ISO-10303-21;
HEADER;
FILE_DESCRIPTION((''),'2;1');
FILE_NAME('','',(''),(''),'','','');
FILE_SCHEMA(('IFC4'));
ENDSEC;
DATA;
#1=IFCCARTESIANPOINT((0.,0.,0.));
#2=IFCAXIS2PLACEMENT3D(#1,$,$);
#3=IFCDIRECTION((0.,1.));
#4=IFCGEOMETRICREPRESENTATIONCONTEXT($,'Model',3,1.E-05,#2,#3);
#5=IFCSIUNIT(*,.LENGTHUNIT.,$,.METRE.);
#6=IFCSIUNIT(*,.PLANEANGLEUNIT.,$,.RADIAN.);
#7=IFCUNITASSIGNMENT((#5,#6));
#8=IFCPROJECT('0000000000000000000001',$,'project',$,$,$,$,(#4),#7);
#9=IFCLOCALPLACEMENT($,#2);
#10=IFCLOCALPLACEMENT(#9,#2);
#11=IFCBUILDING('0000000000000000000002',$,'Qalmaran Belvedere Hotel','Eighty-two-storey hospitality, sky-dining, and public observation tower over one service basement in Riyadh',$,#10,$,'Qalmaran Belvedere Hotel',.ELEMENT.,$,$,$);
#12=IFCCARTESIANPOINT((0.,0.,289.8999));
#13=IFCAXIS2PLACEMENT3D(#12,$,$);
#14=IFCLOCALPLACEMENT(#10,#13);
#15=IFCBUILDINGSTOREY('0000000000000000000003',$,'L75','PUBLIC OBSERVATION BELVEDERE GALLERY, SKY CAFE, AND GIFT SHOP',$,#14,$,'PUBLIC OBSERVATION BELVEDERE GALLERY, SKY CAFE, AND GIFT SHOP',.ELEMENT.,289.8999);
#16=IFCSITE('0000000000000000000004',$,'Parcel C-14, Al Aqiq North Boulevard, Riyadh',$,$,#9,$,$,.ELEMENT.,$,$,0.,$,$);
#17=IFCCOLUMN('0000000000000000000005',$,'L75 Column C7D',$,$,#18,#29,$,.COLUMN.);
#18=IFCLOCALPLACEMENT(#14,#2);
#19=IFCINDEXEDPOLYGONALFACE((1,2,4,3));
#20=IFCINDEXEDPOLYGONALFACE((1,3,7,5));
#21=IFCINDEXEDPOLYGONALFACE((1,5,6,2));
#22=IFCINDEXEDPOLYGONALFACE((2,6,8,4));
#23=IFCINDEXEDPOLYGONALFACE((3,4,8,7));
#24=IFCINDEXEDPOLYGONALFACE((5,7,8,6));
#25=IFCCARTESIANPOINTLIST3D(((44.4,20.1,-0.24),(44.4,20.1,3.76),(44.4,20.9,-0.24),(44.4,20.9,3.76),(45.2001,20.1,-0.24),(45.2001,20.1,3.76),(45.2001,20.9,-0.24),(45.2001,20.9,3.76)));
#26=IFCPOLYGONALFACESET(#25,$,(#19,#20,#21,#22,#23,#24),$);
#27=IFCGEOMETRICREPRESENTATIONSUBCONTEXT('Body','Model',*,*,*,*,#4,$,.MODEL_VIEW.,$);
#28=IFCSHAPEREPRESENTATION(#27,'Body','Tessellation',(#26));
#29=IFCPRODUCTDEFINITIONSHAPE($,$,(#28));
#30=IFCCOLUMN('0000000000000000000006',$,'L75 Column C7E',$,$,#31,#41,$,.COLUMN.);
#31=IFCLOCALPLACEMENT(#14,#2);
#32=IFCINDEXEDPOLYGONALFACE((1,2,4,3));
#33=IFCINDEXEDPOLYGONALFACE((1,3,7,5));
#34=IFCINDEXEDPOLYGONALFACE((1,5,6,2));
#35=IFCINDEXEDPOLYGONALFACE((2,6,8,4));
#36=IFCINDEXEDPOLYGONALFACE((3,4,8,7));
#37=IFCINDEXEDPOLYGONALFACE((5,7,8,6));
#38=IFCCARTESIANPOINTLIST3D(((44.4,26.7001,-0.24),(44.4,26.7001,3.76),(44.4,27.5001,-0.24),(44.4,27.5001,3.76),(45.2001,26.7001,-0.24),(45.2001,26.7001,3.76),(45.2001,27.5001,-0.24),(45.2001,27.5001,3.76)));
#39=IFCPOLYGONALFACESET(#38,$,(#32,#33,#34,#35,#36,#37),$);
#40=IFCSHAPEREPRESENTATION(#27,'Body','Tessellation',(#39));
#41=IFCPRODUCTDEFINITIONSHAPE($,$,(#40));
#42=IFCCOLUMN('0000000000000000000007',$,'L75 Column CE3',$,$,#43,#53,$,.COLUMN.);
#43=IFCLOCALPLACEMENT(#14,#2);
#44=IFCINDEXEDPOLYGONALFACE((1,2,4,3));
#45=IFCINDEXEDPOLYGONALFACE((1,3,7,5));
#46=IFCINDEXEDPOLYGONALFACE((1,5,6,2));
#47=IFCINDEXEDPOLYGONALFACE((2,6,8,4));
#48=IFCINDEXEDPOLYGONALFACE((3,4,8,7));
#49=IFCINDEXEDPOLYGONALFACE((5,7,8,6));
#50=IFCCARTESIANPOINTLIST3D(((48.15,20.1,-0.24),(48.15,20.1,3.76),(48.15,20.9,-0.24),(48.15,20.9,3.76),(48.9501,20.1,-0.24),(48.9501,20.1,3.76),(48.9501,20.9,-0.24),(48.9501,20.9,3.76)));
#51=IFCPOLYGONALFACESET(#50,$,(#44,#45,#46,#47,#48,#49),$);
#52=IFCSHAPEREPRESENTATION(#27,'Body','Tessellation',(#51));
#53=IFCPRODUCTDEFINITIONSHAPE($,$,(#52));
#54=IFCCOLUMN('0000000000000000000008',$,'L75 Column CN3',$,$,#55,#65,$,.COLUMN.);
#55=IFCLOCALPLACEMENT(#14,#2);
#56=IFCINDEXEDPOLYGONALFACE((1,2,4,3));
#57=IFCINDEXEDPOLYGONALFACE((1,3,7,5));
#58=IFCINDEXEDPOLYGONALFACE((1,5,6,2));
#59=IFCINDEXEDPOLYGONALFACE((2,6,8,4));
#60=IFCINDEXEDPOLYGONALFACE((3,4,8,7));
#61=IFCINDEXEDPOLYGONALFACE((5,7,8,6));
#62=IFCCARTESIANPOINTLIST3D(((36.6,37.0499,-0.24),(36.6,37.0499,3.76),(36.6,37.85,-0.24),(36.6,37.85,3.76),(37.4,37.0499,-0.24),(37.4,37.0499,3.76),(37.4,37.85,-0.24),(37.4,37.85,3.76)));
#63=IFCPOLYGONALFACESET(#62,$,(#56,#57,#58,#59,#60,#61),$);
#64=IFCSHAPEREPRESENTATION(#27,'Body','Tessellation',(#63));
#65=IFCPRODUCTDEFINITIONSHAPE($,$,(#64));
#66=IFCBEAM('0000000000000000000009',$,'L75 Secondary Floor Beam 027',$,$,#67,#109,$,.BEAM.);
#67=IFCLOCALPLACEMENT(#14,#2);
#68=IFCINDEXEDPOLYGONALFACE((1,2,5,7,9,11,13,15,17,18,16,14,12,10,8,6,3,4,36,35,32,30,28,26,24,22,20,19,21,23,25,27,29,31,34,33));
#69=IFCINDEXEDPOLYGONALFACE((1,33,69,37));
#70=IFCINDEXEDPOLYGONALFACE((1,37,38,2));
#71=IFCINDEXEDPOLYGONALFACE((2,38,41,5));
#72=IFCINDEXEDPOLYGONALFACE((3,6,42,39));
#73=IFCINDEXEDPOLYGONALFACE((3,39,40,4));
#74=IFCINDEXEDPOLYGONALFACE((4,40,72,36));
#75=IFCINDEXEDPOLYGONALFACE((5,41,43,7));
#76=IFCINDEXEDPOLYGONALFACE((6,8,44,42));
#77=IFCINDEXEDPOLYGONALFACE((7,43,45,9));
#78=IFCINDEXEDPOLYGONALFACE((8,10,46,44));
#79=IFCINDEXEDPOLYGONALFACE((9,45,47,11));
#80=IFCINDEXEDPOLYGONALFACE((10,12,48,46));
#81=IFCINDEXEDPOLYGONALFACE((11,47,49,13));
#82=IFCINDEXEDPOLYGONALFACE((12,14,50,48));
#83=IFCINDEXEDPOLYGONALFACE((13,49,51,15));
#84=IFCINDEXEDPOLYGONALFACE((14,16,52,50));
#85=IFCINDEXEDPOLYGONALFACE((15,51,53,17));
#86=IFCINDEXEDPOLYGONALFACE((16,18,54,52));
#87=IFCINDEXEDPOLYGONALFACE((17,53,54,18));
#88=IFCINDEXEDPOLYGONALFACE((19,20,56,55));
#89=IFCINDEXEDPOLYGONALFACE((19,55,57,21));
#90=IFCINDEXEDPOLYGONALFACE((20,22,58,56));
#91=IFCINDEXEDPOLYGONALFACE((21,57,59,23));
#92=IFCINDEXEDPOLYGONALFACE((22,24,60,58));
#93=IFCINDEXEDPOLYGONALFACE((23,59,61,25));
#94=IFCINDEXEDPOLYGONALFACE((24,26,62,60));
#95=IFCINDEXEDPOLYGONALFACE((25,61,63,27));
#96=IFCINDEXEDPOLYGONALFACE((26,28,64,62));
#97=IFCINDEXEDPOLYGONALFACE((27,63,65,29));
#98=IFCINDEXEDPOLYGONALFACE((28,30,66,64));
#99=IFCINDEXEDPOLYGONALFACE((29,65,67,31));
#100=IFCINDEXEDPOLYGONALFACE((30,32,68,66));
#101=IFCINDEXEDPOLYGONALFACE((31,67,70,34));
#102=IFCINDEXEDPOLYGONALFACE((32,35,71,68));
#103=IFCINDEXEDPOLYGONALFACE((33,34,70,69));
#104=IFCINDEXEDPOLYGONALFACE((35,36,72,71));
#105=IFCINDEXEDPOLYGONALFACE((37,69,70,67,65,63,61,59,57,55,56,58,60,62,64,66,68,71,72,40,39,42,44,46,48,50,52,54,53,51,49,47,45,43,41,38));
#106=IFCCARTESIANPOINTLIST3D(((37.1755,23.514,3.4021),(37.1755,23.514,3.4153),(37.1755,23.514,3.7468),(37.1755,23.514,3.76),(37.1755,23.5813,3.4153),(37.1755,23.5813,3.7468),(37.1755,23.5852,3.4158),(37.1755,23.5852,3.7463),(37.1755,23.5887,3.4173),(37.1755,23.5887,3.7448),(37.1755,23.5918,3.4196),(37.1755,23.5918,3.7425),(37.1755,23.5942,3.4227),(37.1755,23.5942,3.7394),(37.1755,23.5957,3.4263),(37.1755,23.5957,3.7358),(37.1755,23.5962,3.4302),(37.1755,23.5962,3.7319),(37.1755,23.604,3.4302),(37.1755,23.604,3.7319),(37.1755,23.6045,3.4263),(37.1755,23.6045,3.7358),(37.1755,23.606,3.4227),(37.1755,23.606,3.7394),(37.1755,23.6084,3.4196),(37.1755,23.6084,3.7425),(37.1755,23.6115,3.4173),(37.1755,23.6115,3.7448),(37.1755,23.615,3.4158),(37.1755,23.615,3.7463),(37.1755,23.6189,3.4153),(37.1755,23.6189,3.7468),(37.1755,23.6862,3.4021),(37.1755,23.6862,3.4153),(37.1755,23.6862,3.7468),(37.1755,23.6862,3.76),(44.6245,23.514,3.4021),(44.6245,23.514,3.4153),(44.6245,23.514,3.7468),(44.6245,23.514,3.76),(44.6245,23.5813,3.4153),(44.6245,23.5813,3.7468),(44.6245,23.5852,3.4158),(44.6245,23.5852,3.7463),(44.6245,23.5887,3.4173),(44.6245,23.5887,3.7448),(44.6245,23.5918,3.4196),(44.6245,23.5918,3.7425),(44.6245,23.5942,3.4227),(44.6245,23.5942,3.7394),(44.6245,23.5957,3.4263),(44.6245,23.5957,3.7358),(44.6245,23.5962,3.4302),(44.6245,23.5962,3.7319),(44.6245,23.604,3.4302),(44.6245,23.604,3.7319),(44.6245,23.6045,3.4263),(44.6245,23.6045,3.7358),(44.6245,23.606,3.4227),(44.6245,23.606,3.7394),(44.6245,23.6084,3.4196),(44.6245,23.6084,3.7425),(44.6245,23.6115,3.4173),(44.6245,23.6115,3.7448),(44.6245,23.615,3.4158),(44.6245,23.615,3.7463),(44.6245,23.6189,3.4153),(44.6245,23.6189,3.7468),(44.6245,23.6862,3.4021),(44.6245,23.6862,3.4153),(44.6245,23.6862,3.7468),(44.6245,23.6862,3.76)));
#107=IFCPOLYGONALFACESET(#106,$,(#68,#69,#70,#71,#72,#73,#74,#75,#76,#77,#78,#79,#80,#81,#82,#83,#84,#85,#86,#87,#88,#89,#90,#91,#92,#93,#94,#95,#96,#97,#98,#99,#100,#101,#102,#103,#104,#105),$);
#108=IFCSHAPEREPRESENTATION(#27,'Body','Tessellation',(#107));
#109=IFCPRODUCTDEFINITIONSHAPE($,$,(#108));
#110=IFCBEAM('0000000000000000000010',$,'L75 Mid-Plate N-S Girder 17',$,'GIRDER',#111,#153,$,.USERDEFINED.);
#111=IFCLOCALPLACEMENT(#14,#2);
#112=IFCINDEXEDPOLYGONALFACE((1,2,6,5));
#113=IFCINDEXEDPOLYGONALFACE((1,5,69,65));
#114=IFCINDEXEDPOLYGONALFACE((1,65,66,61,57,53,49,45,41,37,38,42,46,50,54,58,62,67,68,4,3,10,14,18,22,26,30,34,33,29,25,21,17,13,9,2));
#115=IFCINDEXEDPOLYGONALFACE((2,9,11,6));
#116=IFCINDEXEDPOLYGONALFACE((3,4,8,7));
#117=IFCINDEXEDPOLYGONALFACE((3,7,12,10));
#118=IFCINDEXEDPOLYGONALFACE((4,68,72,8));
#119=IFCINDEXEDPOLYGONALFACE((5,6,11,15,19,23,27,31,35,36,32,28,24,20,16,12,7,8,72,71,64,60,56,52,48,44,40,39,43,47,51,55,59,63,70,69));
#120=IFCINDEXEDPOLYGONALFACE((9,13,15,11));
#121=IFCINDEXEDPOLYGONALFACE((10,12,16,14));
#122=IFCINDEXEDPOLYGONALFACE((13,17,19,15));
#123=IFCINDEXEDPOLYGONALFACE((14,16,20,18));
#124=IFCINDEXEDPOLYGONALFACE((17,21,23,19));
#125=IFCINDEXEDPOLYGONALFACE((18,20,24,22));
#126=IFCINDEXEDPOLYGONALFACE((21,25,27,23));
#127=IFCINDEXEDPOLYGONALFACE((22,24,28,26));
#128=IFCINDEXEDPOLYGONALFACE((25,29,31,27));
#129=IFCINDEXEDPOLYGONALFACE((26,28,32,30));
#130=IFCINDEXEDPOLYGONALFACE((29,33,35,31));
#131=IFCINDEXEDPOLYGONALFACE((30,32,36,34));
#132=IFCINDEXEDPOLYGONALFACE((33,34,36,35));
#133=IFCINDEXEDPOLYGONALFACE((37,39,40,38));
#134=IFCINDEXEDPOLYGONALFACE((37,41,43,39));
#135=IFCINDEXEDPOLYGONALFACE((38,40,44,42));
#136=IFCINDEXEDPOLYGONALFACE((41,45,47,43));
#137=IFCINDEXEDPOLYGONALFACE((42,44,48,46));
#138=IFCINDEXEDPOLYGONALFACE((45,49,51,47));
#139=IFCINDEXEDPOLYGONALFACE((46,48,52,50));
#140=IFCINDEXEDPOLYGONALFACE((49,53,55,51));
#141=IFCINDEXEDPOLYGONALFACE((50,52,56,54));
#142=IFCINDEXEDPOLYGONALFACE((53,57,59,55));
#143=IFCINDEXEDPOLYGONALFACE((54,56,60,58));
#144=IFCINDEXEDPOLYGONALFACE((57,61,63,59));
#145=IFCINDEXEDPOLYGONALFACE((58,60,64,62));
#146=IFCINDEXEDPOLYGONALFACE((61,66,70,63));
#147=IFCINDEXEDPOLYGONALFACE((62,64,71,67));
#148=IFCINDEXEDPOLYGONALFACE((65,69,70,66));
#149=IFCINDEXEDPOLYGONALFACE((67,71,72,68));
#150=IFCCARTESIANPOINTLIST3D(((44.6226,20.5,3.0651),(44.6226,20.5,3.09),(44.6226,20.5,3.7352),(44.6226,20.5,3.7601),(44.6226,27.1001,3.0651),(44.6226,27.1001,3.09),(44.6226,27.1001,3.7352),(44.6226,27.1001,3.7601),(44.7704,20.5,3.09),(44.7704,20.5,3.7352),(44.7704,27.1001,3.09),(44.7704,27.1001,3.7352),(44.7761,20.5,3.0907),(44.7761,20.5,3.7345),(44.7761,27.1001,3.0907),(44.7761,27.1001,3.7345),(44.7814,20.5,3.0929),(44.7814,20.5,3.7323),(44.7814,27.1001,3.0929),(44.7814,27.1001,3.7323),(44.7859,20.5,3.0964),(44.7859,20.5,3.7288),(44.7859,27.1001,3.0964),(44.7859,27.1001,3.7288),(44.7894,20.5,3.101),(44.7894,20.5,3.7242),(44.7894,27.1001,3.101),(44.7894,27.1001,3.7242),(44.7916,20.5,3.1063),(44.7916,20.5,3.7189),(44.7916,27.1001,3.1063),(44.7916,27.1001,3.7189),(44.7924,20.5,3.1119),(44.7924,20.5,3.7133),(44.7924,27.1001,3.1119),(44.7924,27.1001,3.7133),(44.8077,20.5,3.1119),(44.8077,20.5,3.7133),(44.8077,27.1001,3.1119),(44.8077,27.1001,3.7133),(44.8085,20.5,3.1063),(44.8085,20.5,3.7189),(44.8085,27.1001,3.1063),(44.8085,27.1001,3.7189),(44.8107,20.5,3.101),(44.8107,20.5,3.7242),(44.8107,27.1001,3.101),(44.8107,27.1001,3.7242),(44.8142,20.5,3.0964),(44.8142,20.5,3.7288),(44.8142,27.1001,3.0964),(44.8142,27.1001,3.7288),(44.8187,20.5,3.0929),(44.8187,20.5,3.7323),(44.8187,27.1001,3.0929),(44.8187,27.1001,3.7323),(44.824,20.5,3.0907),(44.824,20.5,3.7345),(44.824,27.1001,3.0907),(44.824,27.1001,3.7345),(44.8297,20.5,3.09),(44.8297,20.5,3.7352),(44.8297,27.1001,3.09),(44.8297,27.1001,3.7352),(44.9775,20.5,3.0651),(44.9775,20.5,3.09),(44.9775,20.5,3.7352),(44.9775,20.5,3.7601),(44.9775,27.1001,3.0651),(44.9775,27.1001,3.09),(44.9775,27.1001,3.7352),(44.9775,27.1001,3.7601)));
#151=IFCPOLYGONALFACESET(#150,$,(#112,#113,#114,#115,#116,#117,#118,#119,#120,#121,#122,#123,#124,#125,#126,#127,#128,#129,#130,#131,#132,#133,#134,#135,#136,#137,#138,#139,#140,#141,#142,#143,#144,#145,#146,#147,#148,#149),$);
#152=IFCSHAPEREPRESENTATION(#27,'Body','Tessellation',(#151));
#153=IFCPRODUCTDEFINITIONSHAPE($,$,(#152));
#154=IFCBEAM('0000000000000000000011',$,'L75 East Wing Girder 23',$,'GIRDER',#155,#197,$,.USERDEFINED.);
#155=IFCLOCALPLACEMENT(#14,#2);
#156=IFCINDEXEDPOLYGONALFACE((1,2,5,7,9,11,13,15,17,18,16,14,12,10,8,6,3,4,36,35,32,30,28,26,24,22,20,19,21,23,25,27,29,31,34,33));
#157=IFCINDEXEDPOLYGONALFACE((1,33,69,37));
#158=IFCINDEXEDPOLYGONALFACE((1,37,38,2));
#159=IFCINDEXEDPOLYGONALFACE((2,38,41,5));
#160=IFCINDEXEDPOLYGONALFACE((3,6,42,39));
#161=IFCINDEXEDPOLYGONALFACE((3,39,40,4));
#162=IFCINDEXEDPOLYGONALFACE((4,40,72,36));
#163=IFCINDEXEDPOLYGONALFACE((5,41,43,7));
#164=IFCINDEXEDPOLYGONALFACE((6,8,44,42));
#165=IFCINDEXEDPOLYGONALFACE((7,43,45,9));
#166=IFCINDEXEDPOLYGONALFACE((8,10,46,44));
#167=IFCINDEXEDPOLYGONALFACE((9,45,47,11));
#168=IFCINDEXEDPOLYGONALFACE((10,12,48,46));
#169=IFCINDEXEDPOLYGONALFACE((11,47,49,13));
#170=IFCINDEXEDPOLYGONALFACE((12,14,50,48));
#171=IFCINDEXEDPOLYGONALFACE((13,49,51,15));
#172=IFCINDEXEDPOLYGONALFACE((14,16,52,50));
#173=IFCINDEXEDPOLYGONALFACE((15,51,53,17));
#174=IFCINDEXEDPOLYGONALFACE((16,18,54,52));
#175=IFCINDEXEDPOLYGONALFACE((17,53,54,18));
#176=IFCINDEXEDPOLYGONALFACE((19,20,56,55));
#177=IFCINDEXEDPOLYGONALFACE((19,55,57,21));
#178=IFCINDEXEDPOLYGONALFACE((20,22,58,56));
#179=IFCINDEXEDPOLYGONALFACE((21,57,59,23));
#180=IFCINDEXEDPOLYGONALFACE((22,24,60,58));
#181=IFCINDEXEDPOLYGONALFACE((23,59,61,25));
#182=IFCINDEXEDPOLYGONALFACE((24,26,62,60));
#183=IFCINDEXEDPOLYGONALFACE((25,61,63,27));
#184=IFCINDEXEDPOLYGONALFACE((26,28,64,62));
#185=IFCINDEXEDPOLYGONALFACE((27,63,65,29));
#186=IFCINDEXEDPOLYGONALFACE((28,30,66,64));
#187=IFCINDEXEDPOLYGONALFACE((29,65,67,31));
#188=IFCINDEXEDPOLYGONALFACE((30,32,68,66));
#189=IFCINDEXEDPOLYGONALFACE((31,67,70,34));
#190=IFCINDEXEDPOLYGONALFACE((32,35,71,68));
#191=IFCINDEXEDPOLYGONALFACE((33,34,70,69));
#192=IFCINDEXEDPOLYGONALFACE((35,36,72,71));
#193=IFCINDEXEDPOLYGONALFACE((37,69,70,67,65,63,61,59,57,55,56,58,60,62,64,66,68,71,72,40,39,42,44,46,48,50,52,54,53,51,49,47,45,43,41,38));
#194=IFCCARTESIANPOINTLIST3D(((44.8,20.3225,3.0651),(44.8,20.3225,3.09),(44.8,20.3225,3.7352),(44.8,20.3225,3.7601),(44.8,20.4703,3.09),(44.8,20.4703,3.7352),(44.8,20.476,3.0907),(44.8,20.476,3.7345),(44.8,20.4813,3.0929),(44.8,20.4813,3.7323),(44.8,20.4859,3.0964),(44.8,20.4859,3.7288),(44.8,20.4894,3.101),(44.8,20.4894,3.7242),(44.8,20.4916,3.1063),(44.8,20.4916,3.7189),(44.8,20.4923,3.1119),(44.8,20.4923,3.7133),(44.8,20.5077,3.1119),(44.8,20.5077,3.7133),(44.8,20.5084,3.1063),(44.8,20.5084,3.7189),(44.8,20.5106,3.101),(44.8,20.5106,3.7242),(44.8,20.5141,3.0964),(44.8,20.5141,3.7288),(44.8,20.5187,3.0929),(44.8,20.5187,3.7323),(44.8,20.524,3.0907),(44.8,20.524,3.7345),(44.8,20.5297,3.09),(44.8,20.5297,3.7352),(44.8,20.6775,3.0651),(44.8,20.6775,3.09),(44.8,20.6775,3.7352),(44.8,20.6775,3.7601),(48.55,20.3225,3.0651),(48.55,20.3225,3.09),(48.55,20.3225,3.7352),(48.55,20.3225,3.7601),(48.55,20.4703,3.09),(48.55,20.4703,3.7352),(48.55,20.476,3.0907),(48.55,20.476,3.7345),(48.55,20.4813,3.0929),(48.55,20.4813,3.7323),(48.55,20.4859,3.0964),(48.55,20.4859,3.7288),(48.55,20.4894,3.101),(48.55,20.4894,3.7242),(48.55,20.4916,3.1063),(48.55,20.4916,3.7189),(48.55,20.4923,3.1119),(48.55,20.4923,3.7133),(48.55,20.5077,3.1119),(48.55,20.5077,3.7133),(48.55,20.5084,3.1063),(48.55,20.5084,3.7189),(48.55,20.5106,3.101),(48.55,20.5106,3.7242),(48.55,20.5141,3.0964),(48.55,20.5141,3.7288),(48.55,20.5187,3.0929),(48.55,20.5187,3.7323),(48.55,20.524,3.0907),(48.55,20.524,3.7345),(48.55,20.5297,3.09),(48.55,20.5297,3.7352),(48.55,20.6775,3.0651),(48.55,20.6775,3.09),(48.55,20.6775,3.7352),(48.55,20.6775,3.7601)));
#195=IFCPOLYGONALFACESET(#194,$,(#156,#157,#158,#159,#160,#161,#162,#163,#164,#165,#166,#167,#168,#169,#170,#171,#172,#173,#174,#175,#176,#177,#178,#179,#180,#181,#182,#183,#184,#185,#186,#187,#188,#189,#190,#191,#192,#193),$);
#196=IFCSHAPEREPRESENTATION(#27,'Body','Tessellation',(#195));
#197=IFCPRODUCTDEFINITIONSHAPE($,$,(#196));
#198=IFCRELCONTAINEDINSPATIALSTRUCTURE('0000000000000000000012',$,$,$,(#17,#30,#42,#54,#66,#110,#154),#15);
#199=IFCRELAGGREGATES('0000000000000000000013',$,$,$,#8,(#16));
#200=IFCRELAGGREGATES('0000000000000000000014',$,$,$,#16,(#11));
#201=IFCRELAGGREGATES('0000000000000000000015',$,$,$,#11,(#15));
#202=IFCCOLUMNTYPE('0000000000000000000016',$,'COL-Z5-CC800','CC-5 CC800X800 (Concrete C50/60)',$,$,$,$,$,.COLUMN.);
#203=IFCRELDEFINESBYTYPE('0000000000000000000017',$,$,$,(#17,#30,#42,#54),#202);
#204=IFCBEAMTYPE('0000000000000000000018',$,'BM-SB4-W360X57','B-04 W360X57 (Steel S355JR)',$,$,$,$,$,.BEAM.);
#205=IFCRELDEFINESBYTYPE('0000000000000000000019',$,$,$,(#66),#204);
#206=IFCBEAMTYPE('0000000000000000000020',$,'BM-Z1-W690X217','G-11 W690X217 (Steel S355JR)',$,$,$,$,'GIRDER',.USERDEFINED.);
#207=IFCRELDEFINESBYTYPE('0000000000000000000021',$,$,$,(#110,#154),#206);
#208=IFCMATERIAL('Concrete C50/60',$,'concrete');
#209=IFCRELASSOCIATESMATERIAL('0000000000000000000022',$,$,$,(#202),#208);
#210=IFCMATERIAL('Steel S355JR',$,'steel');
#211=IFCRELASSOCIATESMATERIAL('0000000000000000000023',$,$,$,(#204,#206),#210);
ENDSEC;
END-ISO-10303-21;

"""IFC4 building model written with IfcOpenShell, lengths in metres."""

from ifc_helpers import new_model, si_unit, direction, frame, origin, origin_2d, place, context, subcontext, project, spatial, rectangle, i_section, extrude, material, material_profile, profile_set, type_object, element, save


model = new_model("IFC4")

# Units and contexts
model_context = context("Model", 3, precision=1e-05, world=origin(), true_north=direction((0.0, 1.0)))
body_context = subcontext(model_context, "Body", "Model", "MODEL_VIEW")
ifc_project = project(units=[si_unit("LENGTHUNIT", "METRE"), si_unit("PLANEANGLEUNIT", "RADIAN")], contexts=[model_context])

# Site, building, storey
site_placement = place(None, origin())
site = spatial("IfcSite", under=ifc_project, at=site_placement, Name="Parcel C-14, Al Aqiq North Boulevard, Riyadh", CompositionType="ELEMENT", RefElevation=0.0)
building_placement = place(site_placement, origin())
building = spatial("IfcBuilding", under=site, at=building_placement, Name="Qalmaran Belvedere Hotel", Description="Eighty-two-storey hospitality, sky-dining, and public observation tower over one service basement in Riyadh", LongName="Qalmaran Belvedere Hotel", CompositionType="ELEMENT")
storey_placement = place(building_placement, frame((0.0, 0.0, 289.8999)))
storey = spatial("IfcBuildingStorey", under=building, at=storey_placement, Name="L75", Description="PUBLIC OBSERVATION BELVEDERE GALLERY, SKY CAFE, AND GIFT SHOP", LongName="PUBLIC OBSERVATION BELVEDERE GALLERY, SKY CAFE, AND GIFT SHOP", CompositionType="ELEMENT", Elevation=289.8999)

# Columns
ifc_material_1 = material(Name="Concrete C50/60", Category="concrete")
ifc_material_profile_1 = material_profile(ifc_material_1, rectangle(XDim=0.8, YDim=0.8, at=origin_2d()), Name="CC800X800")
ifc_profile_set_1 = profile_set([ifc_material_profile_1], Name="Concrete C50/60")
column_type = type_object("IfcColumnType", Name="COL-Z5-CC800", Description="CC-5 CC800X800 (Concrete C50/60)", PredefinedType="COLUMN", material=ifc_profile_set_1)
for number, where, z_axis, x_axis, name in (
    (1, (44.8, 20.5, -0.24), (0.0, 0.0, 1.0), (1.0, 0.0, 0.0), "L75 Column C7D"),
    (2, (44.8, 27.1001, -0.24), (0.0, 0.0, 1.0), (1.0, 0.0, 0.0), "L75 Column C7E"),
    (3, (48.55, 20.5, -0.24), (0.0, 0.0, 1.0), (1.0, 0.0, 0.0), "L75 Column CE3"),
    (4, (37.0, 37.45, -0.24), (0.0, 0.0, 1.0), (1.0, 0.0, 0.0), "L75 Column CN3"),
):
    element("IfcColumn", number, at=place(storey_placement, frame(where, z_axis=z_axis, x_axis=x_axis)), inside=storey, type_object=column_type, Name=name, PredefinedType="COLUMN", context=body_context, shape_type="SweptSolid", body=[
        extrude(rectangle(XDim=0.8, YDim=0.8, at=origin_2d()), origin(), (0.0, 0.0, 1.0), 4.0),
    ])

# Beams
ifc_material_2 = material(Name="Steel S355JR", Category="steel")
ifc_material_profile_2 = material_profile(ifc_material_2, i_section(OverallWidth=0.1721, OverallDepth=0.3579, WebThickness=0.0078, FlangeThickness=0.0132, FilletRadius=0.0149, at=origin_2d()), Name="W360X57")
ifc_profile_set_2 = profile_set([ifc_material_profile_2], Name="Steel S355JR")
beam_type_1 = type_object("IfcBeamType", Name="BM-SB4-W360X57", Description="B-04 W360X57 (Steel S355JR)", PredefinedType="BEAM", material=ifc_profile_set_2)
beam_1_placement = place(storey_placement, frame((37.1755, 23.6001, 3.5811), z_axis=(1.0, 0.0, 0.0), x_axis=(0.0, 1.0, 0.0)))
element("IfcBeam", 5, at=beam_1_placement, inside=storey, type_object=beam_type_1, Name="L75 Secondary Floor Beam 027", PredefinedType="BEAM", context=body_context, shape_type="SweptSolid", body=[
    extrude(i_section(OverallWidth=0.1721, OverallDepth=0.3579, WebThickness=0.0078, FlangeThickness=0.0132, FilletRadius=0.0149, at=origin_2d()), origin(), (0.0, 0.0, 1.0), 7.449),
])
ifc_material_profile_3 = material_profile(ifc_material_2, i_section(OverallWidth=0.355, OverallDepth=0.6951, WebThickness=0.0154, FlangeThickness=0.0249, FilletRadius=0.022, at=origin_2d()), Name="W690X217")
ifc_profile_set_3 = profile_set([ifc_material_profile_3], Name="Steel S355JR")
beam_type_2 = type_object("IfcBeamType", Name="BM-Z1-W690X217", Description="G-11 W690X217 (Steel S355JR)", ElementType="GIRDER", PredefinedType="USERDEFINED", material=ifc_profile_set_3)
beam_2_placement = place(storey_placement, frame((44.8, 20.5, 3.4126), z_axis=(0.0, 1.0, 0.0), x_axis=(-1.0, 0.0, 0.0)))
element("IfcBeam", 6, at=beam_2_placement, inside=storey, type_object=beam_type_2, Name="L75 Mid-Plate N-S Girder 17", ObjectType="GIRDER", PredefinedType="USERDEFINED", context=body_context, shape_type="SweptSolid", body=[
    extrude(i_section(OverallWidth=0.355, OverallDepth=0.6951, WebThickness=0.0154, FlangeThickness=0.0249, FilletRadius=0.022, at=origin_2d()), origin(), (0.0, 0.0, 1.0), 6.6001),
])
beam_3_placement = place(storey_placement, frame((44.8, 20.5, 3.4126), z_axis=(1.0, 0.0, 0.0), x_axis=(0.0, 1.0, 0.0)))
element("IfcBeam", 7, at=beam_3_placement, inside=storey, type_object=beam_type_2, Name="L75 East Wing Girder 23", ObjectType="GIRDER", PredefinedType="USERDEFINED", context=body_context, shape_type="SweptSolid", body=[
    extrude(i_section(OverallWidth=0.355, OverallDepth=0.6951, WebThickness=0.0154, FlangeThickness=0.0249, FilletRadius=0.022, at=origin_2d()), origin(), (0.0, 0.0, 1.0), 3.75),
])

save(model, "model.ifc")
